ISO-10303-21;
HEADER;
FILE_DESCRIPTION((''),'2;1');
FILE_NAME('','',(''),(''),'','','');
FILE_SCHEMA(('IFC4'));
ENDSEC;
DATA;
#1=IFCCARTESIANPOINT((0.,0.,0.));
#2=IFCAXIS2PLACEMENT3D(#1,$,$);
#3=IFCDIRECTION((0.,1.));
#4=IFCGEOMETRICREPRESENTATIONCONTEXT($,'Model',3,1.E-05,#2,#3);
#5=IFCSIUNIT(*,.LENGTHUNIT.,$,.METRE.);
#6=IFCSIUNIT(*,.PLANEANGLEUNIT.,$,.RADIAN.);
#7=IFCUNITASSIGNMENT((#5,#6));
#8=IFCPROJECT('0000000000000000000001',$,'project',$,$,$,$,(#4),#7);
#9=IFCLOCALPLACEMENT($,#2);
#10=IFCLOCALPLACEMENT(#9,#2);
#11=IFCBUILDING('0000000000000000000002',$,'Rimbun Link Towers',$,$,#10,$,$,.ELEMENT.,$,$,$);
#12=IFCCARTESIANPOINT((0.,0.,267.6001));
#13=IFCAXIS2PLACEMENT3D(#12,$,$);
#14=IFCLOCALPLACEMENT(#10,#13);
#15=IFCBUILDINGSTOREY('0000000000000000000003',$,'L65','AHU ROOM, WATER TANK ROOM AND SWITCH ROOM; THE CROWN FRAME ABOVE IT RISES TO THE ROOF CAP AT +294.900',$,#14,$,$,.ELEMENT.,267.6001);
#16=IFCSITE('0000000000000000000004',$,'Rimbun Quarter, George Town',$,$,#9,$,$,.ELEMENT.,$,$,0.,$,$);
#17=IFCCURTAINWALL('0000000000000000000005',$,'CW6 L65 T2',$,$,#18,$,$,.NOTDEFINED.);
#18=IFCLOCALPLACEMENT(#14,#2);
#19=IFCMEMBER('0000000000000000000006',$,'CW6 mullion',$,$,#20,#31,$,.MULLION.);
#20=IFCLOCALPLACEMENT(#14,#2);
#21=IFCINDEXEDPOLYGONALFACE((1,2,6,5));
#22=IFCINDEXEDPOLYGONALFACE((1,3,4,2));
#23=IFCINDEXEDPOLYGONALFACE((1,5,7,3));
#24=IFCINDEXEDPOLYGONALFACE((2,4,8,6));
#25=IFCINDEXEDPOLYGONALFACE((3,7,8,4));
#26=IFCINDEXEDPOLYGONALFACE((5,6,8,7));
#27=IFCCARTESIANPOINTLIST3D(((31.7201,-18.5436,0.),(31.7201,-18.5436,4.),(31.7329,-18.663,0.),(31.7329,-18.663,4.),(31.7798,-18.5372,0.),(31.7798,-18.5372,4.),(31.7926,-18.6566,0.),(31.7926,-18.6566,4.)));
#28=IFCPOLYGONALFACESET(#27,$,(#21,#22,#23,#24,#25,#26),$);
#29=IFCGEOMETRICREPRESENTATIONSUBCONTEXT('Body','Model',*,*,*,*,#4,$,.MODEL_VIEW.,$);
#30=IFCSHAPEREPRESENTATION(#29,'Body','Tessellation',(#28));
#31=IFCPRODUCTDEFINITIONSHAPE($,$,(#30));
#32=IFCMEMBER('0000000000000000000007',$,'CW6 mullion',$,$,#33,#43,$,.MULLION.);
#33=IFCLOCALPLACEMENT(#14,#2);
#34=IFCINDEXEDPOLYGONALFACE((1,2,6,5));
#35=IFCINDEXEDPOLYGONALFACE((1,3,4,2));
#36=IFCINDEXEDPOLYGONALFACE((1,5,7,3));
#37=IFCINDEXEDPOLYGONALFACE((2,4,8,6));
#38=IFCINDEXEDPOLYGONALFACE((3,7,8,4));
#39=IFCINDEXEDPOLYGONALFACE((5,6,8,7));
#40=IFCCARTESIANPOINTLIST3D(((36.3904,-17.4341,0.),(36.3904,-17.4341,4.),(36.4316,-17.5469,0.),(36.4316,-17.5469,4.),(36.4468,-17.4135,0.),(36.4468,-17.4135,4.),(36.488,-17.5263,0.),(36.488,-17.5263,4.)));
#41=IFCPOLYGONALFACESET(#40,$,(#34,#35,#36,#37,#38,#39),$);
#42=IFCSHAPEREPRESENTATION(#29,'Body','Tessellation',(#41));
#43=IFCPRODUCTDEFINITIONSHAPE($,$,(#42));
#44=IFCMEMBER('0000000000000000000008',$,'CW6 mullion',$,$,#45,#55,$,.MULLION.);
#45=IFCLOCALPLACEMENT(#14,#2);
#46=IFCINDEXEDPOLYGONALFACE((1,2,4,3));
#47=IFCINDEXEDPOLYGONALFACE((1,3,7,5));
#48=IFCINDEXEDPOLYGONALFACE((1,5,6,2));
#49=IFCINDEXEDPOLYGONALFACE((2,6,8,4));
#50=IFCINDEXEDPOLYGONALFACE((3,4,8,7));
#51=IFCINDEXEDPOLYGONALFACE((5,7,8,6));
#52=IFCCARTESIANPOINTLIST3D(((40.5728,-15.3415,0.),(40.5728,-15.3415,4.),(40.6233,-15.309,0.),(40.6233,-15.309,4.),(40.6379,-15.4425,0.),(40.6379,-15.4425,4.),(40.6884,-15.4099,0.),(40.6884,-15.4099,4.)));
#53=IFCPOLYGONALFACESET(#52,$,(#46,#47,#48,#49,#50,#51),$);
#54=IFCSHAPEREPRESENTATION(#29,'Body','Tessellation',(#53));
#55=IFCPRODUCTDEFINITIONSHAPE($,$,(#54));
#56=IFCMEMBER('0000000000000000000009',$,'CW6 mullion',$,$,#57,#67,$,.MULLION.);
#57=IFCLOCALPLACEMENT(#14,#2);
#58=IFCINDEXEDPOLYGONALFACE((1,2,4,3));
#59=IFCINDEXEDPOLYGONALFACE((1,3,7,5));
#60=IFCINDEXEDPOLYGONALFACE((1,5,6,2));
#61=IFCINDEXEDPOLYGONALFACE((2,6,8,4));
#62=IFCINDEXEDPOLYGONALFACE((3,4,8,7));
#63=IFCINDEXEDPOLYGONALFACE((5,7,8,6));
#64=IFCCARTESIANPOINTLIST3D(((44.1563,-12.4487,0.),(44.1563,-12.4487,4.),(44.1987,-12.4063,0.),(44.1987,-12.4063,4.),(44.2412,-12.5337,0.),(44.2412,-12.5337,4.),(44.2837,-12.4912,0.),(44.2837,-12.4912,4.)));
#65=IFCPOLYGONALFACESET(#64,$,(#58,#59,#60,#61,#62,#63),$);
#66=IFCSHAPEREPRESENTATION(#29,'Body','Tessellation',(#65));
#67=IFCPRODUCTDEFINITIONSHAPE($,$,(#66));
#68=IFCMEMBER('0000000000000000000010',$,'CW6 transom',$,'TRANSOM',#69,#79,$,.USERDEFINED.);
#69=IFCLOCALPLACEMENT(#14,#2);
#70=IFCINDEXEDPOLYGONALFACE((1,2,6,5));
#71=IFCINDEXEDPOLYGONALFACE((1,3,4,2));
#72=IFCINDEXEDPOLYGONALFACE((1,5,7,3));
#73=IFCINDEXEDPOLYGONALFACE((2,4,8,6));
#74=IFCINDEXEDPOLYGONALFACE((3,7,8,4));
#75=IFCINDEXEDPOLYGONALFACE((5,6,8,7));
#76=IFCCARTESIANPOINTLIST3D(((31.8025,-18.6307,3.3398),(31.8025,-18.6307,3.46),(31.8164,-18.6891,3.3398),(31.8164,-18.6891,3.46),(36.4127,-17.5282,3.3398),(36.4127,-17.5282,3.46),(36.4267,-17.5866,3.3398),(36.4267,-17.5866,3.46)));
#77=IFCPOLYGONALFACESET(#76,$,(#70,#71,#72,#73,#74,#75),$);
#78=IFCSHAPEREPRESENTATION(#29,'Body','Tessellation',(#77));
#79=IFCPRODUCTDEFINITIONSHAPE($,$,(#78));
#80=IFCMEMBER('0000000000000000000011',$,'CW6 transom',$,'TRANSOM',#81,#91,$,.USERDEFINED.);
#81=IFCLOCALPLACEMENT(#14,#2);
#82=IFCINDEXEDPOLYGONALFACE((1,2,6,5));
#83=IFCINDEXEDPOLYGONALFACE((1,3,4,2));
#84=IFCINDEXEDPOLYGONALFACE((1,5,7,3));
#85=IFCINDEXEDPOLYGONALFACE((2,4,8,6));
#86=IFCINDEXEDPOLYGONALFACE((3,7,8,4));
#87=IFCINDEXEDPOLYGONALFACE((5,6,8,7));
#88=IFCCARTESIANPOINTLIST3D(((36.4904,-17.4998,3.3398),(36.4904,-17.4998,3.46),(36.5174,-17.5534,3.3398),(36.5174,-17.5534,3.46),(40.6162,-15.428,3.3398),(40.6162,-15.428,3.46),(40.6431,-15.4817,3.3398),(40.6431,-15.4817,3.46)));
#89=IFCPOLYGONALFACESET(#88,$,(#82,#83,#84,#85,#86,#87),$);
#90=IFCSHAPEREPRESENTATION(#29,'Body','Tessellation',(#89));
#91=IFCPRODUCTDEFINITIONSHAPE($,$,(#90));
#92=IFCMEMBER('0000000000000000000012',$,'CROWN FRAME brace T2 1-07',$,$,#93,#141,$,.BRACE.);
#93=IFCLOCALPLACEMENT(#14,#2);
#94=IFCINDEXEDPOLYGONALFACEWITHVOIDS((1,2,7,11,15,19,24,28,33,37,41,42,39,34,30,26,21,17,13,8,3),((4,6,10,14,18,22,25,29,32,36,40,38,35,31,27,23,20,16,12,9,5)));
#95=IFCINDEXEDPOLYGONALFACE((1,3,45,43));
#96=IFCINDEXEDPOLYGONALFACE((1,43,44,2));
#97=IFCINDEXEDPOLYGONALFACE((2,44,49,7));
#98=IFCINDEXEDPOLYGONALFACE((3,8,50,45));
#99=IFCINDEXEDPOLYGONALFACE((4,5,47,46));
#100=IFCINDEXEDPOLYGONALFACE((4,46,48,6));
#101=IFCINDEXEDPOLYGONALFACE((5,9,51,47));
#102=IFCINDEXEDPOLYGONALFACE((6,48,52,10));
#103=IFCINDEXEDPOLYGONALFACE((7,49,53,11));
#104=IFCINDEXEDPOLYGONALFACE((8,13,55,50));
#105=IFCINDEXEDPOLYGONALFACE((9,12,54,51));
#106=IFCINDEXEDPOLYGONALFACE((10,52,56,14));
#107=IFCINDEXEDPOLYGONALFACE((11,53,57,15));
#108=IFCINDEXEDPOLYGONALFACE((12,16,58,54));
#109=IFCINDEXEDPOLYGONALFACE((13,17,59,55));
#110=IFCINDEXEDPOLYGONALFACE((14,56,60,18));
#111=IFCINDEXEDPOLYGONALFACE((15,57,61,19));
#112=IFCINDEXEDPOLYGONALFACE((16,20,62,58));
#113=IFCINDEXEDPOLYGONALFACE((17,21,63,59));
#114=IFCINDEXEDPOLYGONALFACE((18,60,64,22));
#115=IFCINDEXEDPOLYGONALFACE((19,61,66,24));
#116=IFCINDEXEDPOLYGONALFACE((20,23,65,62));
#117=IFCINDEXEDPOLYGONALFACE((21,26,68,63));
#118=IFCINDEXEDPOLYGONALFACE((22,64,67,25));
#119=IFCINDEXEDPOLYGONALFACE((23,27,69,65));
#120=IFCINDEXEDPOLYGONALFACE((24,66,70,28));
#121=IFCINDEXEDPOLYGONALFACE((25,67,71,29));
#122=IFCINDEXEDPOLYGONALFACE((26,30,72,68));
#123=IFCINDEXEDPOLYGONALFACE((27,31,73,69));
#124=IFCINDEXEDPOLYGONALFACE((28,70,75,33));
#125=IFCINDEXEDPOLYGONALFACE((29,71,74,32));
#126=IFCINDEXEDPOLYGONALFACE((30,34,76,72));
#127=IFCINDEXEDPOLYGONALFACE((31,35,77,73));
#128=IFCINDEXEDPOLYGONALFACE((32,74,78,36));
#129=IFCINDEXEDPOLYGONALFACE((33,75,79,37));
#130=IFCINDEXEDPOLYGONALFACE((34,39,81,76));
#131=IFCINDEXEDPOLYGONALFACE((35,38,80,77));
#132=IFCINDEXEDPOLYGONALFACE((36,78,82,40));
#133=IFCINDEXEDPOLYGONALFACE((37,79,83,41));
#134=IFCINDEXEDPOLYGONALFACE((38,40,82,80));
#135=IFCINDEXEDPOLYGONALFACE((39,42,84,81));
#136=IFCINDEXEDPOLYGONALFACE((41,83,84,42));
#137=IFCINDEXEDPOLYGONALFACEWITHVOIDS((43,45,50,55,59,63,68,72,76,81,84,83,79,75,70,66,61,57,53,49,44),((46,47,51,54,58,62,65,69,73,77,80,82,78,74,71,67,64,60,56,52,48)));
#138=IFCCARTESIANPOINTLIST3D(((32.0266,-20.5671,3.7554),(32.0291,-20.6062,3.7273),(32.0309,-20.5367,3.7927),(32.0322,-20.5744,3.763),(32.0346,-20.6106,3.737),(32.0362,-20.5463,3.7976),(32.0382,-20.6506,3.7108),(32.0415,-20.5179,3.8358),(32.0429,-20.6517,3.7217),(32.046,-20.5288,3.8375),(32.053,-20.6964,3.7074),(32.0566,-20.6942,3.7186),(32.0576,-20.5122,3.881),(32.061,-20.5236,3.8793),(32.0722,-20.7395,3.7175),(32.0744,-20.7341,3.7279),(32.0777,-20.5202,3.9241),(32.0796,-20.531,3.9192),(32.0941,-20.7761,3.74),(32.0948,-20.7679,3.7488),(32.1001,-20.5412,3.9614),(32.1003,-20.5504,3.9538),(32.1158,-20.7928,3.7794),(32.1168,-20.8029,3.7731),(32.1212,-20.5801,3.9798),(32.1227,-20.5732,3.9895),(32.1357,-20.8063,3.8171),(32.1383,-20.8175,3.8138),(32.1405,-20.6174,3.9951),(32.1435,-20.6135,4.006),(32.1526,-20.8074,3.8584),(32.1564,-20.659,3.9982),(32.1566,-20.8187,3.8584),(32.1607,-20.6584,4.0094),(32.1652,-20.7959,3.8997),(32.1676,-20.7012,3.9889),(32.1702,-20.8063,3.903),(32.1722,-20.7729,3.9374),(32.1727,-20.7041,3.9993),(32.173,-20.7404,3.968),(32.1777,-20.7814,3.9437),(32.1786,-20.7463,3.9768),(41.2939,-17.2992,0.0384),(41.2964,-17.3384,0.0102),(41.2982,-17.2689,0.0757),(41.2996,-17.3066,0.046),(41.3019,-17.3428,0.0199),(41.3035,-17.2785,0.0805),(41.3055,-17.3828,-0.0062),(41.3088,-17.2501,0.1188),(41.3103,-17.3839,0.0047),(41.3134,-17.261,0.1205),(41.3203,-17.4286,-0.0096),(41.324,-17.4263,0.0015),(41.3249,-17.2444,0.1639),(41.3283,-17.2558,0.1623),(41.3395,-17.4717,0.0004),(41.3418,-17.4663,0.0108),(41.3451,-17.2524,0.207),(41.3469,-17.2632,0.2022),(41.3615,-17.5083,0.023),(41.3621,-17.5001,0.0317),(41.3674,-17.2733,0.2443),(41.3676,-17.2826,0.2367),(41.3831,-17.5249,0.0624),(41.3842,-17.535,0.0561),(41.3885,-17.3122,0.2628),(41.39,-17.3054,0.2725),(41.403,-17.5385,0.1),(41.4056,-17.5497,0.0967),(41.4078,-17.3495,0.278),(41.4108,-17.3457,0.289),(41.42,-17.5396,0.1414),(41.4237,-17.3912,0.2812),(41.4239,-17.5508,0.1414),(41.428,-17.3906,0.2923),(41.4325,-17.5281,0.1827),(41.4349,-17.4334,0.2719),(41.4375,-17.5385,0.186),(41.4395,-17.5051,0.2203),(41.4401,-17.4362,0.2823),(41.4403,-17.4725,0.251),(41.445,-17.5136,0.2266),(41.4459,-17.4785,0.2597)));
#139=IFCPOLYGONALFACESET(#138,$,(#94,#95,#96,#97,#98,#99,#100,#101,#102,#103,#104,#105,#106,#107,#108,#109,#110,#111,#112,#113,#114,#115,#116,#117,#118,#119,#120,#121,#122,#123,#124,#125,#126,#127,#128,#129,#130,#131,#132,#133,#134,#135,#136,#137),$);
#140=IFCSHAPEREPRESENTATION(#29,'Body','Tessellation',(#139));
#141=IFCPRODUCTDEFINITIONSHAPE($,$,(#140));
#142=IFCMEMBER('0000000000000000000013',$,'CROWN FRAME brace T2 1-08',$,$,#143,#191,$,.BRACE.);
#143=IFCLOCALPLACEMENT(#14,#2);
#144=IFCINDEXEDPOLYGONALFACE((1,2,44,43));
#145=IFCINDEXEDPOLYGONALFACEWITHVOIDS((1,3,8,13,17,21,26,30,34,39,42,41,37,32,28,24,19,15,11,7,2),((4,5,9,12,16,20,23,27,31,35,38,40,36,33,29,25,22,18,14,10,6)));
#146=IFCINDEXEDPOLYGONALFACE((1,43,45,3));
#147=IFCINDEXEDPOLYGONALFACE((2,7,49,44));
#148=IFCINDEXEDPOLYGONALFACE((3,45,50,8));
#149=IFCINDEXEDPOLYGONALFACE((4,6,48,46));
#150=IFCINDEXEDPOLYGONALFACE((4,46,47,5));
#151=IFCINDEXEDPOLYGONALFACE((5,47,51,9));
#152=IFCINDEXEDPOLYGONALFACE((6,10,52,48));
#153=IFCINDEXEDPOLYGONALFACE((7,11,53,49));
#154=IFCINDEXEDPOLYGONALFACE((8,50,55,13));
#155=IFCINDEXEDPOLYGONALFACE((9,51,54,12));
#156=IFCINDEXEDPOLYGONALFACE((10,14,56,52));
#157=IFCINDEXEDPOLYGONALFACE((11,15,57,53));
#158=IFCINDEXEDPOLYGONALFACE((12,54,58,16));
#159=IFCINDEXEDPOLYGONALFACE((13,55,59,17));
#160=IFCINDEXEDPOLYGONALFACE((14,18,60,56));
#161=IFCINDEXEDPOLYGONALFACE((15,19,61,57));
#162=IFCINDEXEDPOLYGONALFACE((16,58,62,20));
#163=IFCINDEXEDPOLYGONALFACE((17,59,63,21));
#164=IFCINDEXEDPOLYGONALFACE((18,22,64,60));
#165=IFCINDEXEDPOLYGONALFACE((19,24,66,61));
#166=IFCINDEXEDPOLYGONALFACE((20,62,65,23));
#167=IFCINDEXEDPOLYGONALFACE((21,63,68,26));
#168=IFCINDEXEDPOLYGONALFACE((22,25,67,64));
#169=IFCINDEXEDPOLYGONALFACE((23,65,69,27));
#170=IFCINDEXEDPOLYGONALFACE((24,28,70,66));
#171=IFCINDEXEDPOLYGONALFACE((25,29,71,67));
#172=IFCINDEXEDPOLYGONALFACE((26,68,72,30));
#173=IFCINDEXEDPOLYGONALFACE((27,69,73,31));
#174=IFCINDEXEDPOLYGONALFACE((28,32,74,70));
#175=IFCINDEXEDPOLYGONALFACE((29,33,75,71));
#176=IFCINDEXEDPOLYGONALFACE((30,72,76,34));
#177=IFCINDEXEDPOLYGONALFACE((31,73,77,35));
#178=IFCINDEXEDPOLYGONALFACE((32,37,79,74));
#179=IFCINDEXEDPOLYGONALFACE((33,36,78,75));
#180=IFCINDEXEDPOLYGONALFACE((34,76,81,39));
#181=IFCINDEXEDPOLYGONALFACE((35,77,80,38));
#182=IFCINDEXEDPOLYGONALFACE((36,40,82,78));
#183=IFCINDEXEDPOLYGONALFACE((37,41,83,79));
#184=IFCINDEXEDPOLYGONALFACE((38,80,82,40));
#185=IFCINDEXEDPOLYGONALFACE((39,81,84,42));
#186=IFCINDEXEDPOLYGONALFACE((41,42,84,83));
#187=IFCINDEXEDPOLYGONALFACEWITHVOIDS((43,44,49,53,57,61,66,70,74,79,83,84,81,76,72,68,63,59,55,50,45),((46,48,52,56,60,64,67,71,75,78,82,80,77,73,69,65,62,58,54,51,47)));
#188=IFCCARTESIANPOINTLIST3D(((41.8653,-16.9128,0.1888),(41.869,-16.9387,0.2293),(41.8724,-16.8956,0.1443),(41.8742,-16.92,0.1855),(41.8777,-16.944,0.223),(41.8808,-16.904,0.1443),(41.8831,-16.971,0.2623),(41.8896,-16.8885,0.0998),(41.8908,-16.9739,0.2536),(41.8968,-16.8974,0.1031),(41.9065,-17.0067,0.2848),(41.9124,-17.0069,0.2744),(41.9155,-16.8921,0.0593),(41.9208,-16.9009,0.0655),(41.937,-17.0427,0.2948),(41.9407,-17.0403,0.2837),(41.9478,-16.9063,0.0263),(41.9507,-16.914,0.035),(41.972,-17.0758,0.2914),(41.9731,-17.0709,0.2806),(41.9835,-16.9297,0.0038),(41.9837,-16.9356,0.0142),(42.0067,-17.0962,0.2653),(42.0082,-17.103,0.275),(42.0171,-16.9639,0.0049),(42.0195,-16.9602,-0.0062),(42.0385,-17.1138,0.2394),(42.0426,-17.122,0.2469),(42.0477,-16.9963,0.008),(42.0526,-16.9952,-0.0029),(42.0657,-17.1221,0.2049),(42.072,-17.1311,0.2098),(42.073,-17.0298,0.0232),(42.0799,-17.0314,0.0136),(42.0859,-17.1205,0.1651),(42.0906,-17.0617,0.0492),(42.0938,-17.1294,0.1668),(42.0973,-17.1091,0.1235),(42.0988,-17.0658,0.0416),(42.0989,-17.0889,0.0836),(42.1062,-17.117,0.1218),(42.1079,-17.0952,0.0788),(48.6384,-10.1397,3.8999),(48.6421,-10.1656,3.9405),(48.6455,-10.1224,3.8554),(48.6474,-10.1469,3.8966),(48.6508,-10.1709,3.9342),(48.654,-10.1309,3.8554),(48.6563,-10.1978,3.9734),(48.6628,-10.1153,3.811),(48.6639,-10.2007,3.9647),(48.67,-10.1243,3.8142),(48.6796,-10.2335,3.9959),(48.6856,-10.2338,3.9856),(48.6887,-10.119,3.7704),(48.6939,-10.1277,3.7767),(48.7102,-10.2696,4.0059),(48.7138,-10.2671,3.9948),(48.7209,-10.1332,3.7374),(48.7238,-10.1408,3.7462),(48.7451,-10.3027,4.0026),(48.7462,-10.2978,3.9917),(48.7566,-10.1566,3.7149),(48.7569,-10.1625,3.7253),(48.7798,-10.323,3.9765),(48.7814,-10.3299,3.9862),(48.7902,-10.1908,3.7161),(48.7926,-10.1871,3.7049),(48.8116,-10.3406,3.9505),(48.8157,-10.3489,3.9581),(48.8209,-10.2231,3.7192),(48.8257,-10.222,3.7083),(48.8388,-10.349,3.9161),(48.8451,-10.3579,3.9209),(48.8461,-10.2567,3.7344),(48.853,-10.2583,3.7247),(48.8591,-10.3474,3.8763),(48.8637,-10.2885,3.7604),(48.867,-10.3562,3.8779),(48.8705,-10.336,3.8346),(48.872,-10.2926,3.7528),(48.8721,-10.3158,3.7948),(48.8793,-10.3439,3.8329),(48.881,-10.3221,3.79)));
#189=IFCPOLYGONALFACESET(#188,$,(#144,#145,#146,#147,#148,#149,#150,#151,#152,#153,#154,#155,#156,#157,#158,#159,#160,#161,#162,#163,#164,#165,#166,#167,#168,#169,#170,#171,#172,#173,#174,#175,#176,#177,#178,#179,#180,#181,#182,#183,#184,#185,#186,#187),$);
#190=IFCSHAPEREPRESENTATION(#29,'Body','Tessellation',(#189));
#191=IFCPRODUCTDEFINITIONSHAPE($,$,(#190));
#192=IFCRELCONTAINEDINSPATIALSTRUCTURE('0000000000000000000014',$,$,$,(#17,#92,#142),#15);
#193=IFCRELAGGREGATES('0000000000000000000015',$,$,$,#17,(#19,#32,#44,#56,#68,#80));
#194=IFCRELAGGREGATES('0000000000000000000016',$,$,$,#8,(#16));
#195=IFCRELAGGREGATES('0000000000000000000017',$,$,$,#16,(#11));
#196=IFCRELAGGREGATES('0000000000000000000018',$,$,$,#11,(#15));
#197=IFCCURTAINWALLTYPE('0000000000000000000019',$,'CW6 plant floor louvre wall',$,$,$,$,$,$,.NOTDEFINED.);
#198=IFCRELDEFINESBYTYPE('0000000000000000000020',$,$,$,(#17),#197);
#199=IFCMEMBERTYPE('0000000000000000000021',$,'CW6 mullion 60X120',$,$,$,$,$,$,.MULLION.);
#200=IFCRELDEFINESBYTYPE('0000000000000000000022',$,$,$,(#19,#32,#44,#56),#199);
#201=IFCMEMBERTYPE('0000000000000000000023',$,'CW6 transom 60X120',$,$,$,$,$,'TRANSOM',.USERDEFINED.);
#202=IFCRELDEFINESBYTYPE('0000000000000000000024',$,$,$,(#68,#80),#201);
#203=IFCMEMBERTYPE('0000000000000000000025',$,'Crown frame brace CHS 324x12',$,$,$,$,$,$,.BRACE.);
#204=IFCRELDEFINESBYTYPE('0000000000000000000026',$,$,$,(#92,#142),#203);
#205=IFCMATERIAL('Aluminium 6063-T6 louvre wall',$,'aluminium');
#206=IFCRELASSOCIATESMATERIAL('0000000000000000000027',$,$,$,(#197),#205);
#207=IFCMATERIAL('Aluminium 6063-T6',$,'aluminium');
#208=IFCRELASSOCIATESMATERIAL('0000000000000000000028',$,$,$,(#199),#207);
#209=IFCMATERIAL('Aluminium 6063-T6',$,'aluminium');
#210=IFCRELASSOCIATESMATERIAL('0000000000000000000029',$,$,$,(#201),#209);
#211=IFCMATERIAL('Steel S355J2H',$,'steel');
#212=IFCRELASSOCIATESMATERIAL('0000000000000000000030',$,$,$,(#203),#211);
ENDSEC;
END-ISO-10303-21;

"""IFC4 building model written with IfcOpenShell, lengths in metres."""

from ifc_helpers import new_model, si_unit, direction, frame, origin, origin_2d, place, context, subcontext, project, spatial, rectangle, hollow_circle, extrude, material, material_profile, profile_set, type_object, element, aggregate, save


model = new_model("IFC4")

# Units and contexts
model_context = context("Model", 3, precision=1e-05, world=origin(), true_north=direction((0.0, 1.0)))
body_context = subcontext(model_context, "Body", "Model", "MODEL_VIEW")
ifc_project = project(units=[si_unit("LENGTHUNIT", "METRE"), si_unit("PLANEANGLEUNIT", "RADIAN")], contexts=[model_context])

# Site, building, storey
site_placement = place(None, origin())
site = spatial("IfcSite", under=ifc_project, at=site_placement, Name="Rimbun Quarter, George Town", CompositionType="ELEMENT", RefElevation=0.0)
building_placement = place(site_placement, origin())
building = spatial("IfcBuilding", under=site, at=building_placement, Name="Rimbun Link Towers", CompositionType="ELEMENT")
storey_placement = place(building_placement, frame((0.0, 0.0, 267.6001)))
storey = spatial("IfcBuildingStorey", under=building, at=storey_placement, Name="L65", Description="AHU ROOM, WATER TANK ROOM AND SWITCH ROOM; THE CROWN FRAME ABOVE IT RISES TO THE ROOF CAP AT +294.900", CompositionType="ELEMENT", Elevation=267.6001)

# Curtain wall, members
ifc_material_1 = material(Name="Aluminium 6063-T6 louvre wall", Category="aluminium")
curtain_wall_type = type_object("IfcCurtainWallType", Name="CW6 plant floor louvre wall", PredefinedType="NOTDEFINED", material=ifc_material_1)
curtain_wall_placement = place(storey_placement, origin())
curtain_wall = element("IfcCurtainWall", 1, at=curtain_wall_placement, inside=storey, type_object=curtain_wall_type, Name="CW6 L65 T2", PredefinedType="NOTDEFINED")
ifc_material_2 = material(Name="Aluminium 6063-T6", Category="aluminium")
ifc_material_profile_1 = material_profile(ifc_material_2, rectangle(XDim=0.1201, YDim=0.0601, at=origin_2d()), Name="MULLION 60X120")
ifc_profile_set_1 = profile_set([ifc_material_profile_1], Name="Aluminium 6063-T6")
member_type_1 = type_object("IfcMemberType", Name="CW6 mullion 60X120", PredefinedType="MULLION", material=ifc_profile_set_1)
member_1_placement = place(storey_placement, frame((31.7563, -18.6001, 0.0), z_axis=(0.0, 0.0, 1.0), x_axis=(0.106641, -0.994298, 0.0)))
member_1 = element("IfcMember", 2, at=member_1_placement, type_object=member_type_1, Name="CW6 mullion", PredefinedType="MULLION", context=body_context, shape_type="SweptSolid", body=[
    extrude(rectangle(XDim=0.1201, YDim=0.0601, at=origin_2d()), origin(), (0.0, 0.0, 1.0), 4.0),
])
member_2_placement = place(storey_placement, frame((36.4392, -17.4802, 0.0), z_axis=(0.0, 0.0, 1.0), x_axis=(0.342962, -0.939349, 0.0)))
member_2 = element("IfcMember", 3, at=member_2_placement, type_object=member_type_1, Name="CW6 mullion", PredefinedType="MULLION", context=body_context, shape_type="SweptSolid", body=[
    extrude(rectangle(XDim=0.1201, YDim=0.0601, at=origin_2d()), origin(), (0.0, 0.0, 1.0), 4.0),
])
member_3_placement = place(storey_placement, frame((40.6306, -15.3757, 0.0), z_axis=(0.0, 0.0, 1.0), x_axis=(0.542101, -0.840313, 0.0)))
member_3 = element("IfcMember", 4, at=member_3_placement, type_object=member_type_1, Name="CW6 mullion", PredefinedType="MULLION", context=body_context, shape_type="SweptSolid", body=[
    extrude(rectangle(XDim=0.1201, YDim=0.0601, at=origin_2d()), origin(), (0.0, 0.0, 1.0), 4.0),
])
member_4_placement = place(storey_placement, frame((44.22, -12.47, 0.0), z_axis=(0.0, 0.0, 1.0), x_axis=(0.707107, -0.707107, 0.0)))
member_4 = element("IfcMember", 5, at=member_4_placement, type_object=member_type_1, Name="CW6 mullion", PredefinedType="MULLION", context=body_context, shape_type="SweptSolid", body=[
    extrude(rectangle(XDim=0.1201, YDim=0.0601, at=origin_2d()), origin(), (0.0, 0.0, 1.0), 4.0),
])
ifc_material_3 = material(Name="Aluminium 6063-T6", Category="aluminium")
ifc_material_profile_2 = material_profile(ifc_material_3, rectangle(XDim=0.0601, YDim=0.1201, at=origin_2d()), Name="TRANSOM 60X120")
ifc_profile_set_2 = profile_set([ifc_material_profile_2], Name="Aluminium 6063-T6")
member_type_2 = type_object("IfcMemberType", Name="CW6 transom 60X120", ElementType="TRANSOM", PredefinedType="USERDEFINED", material=ifc_profile_set_2)
member_5_placement = place(storey_placement, frame((36.4197, -17.5574, 3.3999), z_axis=(-0.972576, -0.232586, 0.0), x_axis=(0.232586, -0.972576, 0.0)))
member_5 = element("IfcMember", 6, at=member_5_placement, type_object=member_type_2, Name="CW6 transom", ObjectType="TRANSOM", PredefinedType="USERDEFINED", context=body_context, shape_type="SweptSolid", body=[
    extrude(rectangle(XDim=0.0601, YDim=0.1201, at=origin_2d()), origin(), (0.0, 0.0, 1.0), 4.7402),
])
member_6_placement = place(storey_placement, frame((40.6296, -15.4548, 3.3999), z_axis=(-0.893654, -0.448757, 0.0), x_axis=(0.448757, -0.893654, 0.0)))
member_6 = element("IfcMember", 7, at=member_6_placement, type_object=member_type_2, Name="CW6 transom", ObjectType="TRANSOM", PredefinedType="USERDEFINED", context=body_context, shape_type="SweptSolid", body=[
    extrude(rectangle(XDim=0.0601, YDim=0.1201, at=origin_2d()), origin(), (0.0, 0.0, 1.0), 4.6167),
])

# Members
ifc_material_4 = material(Name="Steel S355J2H", Category="steel")
ifc_material_profile_3 = material_profile(ifc_material_4, hollow_circle(Radius=0.1619, WallThickness=0.012, at=origin_2d()), Name="Crown frame brace CHS 324x12")
ifc_profile_set_3 = profile_set([ifc_material_profile_3], Name="Steel S355J2H")
member_type_3 = type_object("IfcMemberType", Name="Crown frame brace CHS 324x12", PredefinedType="BRACE", material=ifc_profile_set_3)
member_7_placement = place(storey_placement, frame((41.3701, -17.3982, 0.1414), z_axis=(-0.882089, -0.31104, 0.353798), x_axis=(0.332548, -0.943086, 0.0)))
element("IfcMember", 8, at=member_7_placement, inside=storey, type_object=member_type_3, Name="CROWN FRAME brace T2 1-07", PredefinedType="BRACE", context=body_context, shape_type="SweptSolid", body=[
    extrude(hollow_circle(Radius=0.1619, WallThickness=0.012, at=origin_2d()), origin(), (0.0, 0.0, 1.0), 10.5061),
])
member_8_placement = place(storey_placement, frame((41.9868, -17.01, 0.1443), z_axis=(0.659349, 0.659349, 0.361272), x_axis=(-0.707107, 0.707107, 0.0)))
element("IfcMember", 9, at=member_8_placement, inside=storey, type_object=member_type_3, Name="CROWN FRAME brace T2 1-08", PredefinedType="BRACE", context=body_context, shape_type="SweptSolid", body=[
    extrude(hollow_circle(Radius=0.1619, WallThickness=0.012, at=origin_2d()), origin(), (0.0, 0.0, 1.0), 10.2725),
])

aggregate(curtain_wall, [member_1, member_2, member_3, member_4, member_5, member_6])

save(model, "model.ifc")
